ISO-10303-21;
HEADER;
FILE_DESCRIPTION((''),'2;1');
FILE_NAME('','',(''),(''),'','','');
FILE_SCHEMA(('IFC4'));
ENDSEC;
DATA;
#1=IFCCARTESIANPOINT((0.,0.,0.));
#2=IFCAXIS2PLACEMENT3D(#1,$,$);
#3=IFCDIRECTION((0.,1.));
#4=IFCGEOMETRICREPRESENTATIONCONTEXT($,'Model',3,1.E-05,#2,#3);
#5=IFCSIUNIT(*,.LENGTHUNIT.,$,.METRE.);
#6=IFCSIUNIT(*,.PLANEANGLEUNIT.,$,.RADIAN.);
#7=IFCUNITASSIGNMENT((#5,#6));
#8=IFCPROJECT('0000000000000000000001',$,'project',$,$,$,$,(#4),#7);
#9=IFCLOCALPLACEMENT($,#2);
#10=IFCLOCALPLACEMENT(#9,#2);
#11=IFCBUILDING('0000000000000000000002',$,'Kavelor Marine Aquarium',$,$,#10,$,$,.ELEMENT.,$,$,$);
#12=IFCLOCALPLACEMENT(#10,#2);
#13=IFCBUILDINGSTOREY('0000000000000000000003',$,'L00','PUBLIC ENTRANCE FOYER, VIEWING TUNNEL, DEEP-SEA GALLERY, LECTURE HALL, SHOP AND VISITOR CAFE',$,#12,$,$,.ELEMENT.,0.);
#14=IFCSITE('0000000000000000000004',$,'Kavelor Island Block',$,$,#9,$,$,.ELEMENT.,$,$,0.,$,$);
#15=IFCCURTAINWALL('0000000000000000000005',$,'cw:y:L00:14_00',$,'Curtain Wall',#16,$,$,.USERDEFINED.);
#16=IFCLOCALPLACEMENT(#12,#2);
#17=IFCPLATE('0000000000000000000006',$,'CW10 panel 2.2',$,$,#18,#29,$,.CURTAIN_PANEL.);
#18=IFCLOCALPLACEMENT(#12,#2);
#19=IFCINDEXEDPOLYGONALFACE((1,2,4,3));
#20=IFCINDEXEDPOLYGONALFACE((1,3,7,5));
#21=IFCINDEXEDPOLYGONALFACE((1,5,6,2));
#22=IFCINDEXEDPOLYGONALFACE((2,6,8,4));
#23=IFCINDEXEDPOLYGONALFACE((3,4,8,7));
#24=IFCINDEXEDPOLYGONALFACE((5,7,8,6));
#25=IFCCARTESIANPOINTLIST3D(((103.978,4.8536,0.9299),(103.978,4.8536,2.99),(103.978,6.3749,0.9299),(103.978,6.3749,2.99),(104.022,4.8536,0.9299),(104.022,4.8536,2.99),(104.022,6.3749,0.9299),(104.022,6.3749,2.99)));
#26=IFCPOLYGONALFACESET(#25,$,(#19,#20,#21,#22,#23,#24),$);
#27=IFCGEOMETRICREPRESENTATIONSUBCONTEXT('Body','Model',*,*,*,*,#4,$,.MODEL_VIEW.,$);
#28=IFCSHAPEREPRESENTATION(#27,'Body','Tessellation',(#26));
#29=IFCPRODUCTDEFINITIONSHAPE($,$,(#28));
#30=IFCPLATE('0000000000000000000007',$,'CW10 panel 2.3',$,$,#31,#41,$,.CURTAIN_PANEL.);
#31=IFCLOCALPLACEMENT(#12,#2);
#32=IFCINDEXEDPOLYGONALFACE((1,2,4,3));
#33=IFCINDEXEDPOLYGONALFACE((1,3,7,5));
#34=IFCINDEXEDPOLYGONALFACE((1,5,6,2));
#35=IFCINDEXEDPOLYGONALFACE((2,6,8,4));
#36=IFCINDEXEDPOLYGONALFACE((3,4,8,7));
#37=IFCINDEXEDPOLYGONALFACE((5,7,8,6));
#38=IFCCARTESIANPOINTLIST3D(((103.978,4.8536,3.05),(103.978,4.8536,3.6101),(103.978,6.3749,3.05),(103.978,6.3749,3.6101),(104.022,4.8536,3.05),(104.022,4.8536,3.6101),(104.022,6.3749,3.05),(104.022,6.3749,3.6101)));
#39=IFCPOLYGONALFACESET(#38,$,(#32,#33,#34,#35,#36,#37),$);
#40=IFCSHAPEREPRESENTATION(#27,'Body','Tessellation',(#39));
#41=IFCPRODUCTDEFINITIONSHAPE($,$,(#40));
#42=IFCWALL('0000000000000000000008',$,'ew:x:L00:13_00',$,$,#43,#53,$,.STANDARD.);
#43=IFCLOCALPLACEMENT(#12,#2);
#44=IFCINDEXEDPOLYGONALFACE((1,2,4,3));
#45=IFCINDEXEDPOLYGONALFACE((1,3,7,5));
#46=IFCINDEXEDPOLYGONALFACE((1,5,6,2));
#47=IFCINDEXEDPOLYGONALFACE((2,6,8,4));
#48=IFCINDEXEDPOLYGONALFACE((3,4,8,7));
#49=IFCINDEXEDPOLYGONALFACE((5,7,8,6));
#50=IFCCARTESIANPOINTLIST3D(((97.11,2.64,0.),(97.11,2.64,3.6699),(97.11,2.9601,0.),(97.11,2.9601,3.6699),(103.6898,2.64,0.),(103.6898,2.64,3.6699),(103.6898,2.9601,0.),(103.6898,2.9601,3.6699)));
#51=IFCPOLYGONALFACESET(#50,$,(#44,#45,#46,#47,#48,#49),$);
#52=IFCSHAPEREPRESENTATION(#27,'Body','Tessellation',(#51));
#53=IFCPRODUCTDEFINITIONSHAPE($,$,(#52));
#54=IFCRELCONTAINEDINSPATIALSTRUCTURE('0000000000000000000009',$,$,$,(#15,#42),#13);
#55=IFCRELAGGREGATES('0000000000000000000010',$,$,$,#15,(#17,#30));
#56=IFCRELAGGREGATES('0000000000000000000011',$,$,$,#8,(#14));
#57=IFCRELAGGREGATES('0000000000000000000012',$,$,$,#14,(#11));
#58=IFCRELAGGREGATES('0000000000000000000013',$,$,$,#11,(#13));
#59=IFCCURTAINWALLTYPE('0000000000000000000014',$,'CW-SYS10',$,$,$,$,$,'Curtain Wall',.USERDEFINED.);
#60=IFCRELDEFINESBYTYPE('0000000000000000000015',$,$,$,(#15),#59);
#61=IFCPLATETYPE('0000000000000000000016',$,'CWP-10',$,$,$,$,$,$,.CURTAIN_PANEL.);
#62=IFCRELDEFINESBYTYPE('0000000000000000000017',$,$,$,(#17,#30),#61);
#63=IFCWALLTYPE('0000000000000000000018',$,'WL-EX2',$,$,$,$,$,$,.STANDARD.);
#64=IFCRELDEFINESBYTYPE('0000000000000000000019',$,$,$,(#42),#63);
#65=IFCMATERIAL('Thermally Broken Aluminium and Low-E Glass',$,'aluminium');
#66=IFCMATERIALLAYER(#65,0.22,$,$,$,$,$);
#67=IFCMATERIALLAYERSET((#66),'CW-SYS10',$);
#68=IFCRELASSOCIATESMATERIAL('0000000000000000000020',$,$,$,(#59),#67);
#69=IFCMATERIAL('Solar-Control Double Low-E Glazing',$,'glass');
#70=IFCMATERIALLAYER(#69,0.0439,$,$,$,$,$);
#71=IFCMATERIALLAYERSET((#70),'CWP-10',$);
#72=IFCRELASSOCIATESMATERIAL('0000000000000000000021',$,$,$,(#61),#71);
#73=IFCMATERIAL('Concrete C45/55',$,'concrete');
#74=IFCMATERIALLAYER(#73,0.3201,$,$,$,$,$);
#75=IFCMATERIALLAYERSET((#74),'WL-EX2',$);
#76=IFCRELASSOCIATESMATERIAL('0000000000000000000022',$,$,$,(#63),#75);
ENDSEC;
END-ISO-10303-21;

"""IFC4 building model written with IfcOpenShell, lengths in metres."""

from ifc_helpers import new_model, si_unit, direction, frame, frame_2d, origin, origin_2d, place, context, subcontext, project, spatial, rectangle, extrude, material, layer, layer_set, type_object, element, aggregate, save


model = new_model("IFC4")

# Units and contexts
model_context = context("Model", 3, precision=1e-05, world=origin(), true_north=direction((0.0, 1.0)))
body_context = subcontext(model_context, "Body", "Model", "MODEL_VIEW")
ifc_project = project(units=[si_unit("LENGTHUNIT", "METRE"), si_unit("PLANEANGLEUNIT", "RADIAN")], contexts=[model_context])

# Site, building, storey
site_placement = place(None, origin())
site = spatial("IfcSite", under=ifc_project, at=site_placement, Name="Kavelor Island Block", CompositionType="ELEMENT", RefElevation=0.0)
building_placement = place(site_placement, origin())
building = spatial("IfcBuilding", under=site, at=building_placement, Name="Kavelor Marine Aquarium", CompositionType="ELEMENT")
storey_placement = place(building_placement, origin())
storey = spatial("IfcBuildingStorey", under=building, at=storey_placement, Name="L00", Description="PUBLIC ENTRANCE FOYER, VIEWING TUNNEL, DEEP-SEA GALLERY, LECTURE HALL, SHOP AND VISITOR CAFE", CompositionType="ELEMENT", Elevation=0.0)

# Curtain wall, plates
ifc_material_1 = material(Name="Thermally Broken Aluminium and Low-E Glass", Category="aluminium")
ifc_layer_1 = layer(ifc_material_1, 0.22)
ifc_layer_set_1 = layer_set([ifc_layer_1], Name="CW-SYS10")
curtain_wall_type = type_object("IfcCurtainWallType", Name="CW-SYS10", ElementType="Curtain Wall", PredefinedType="USERDEFINED", material=ifc_layer_set_1)
curtain_wall_placement = place(storey_placement, origin())
curtain_wall = element("IfcCurtainWall", 1, at=curtain_wall_placement, inside=storey, type_object=curtain_wall_type, Name="cw:y:L00:14_00", ObjectType="Curtain Wall", PredefinedType="USERDEFINED")
ifc_material_2 = material(Name="Solar-Control Double Low-E Glazing", Category="glass")
ifc_layer_2 = layer(ifc_material_2, 0.0439)
ifc_layer_set_2 = layer_set([ifc_layer_2], Name="CWP-10")
plate_type = type_object("IfcPlateType", Name="CWP-10", PredefinedType="CURTAIN_PANEL", material=ifc_layer_set_2)
plate_1_placement = place(storey_placement, frame((104.0, 5.6143, 0.9299), z_axis=(0.0, 0.0, 1.0), x_axis=(0.0, 1.0, 0.0)))
plate_1 = element("IfcPlate", 2, at=plate_1_placement, type_object=plate_type, Name="CW10 panel 2.2", PredefinedType="CURTAIN_PANEL", context=body_context, shape_type="SweptSolid", body=[
    extrude(rectangle(XDim=1.5212, YDim=0.0439, at=origin_2d()), origin(), (0.0, 0.0, 1.0), 2.0601),
])
plate_2_placement = place(storey_placement, frame((104.0, 5.6143, 3.05), z_axis=(0.0, 0.0, 1.0), x_axis=(0.0, 1.0, 0.0)))
plate_2 = element("IfcPlate", 3, at=plate_2_placement, type_object=plate_type, Name="CW10 panel 2.3", PredefinedType="CURTAIN_PANEL", context=body_context, shape_type="SweptSolid", body=[
    extrude(rectangle(XDim=1.5212, YDim=0.0439, at=origin_2d()), origin(), (0.0, 0.0, 1.0), 0.5601),
])
aggregate(curtain_wall, [plate_1, plate_2])

# Wall
ifc_material_3 = material(Name="Concrete C45/55", Category="concrete")
ifc_layer_3 = layer(ifc_material_3, 0.3201)
ifc_layer_set_3 = layer_set([ifc_layer_3], Name="WL-EX2")
wall_type = type_object("IfcWallType", Name="WL-EX2", PredefinedType="STANDARD", material=ifc_layer_set_3)
wall_placement = place(storey_placement, frame((103.6899, 2.8, 0.0), z_axis=(0.0, 0.0, 1.0), x_axis=(-1.0, 0.0, 0.0)))
element("IfcWall", 4, at=wall_placement, inside=storey, type_object=wall_type, Name="ew:x:L00:13_00", PredefinedType="STANDARD", context=body_context, shape_type="SweptSolid", body=[
    extrude(rectangle(XDim=6.5798, YDim=0.3201, at=frame_2d((3.29, 0.0))), origin(), (0.0, 0.0, 1.0), 3.6699),
])

save(model, "model.ifc")
